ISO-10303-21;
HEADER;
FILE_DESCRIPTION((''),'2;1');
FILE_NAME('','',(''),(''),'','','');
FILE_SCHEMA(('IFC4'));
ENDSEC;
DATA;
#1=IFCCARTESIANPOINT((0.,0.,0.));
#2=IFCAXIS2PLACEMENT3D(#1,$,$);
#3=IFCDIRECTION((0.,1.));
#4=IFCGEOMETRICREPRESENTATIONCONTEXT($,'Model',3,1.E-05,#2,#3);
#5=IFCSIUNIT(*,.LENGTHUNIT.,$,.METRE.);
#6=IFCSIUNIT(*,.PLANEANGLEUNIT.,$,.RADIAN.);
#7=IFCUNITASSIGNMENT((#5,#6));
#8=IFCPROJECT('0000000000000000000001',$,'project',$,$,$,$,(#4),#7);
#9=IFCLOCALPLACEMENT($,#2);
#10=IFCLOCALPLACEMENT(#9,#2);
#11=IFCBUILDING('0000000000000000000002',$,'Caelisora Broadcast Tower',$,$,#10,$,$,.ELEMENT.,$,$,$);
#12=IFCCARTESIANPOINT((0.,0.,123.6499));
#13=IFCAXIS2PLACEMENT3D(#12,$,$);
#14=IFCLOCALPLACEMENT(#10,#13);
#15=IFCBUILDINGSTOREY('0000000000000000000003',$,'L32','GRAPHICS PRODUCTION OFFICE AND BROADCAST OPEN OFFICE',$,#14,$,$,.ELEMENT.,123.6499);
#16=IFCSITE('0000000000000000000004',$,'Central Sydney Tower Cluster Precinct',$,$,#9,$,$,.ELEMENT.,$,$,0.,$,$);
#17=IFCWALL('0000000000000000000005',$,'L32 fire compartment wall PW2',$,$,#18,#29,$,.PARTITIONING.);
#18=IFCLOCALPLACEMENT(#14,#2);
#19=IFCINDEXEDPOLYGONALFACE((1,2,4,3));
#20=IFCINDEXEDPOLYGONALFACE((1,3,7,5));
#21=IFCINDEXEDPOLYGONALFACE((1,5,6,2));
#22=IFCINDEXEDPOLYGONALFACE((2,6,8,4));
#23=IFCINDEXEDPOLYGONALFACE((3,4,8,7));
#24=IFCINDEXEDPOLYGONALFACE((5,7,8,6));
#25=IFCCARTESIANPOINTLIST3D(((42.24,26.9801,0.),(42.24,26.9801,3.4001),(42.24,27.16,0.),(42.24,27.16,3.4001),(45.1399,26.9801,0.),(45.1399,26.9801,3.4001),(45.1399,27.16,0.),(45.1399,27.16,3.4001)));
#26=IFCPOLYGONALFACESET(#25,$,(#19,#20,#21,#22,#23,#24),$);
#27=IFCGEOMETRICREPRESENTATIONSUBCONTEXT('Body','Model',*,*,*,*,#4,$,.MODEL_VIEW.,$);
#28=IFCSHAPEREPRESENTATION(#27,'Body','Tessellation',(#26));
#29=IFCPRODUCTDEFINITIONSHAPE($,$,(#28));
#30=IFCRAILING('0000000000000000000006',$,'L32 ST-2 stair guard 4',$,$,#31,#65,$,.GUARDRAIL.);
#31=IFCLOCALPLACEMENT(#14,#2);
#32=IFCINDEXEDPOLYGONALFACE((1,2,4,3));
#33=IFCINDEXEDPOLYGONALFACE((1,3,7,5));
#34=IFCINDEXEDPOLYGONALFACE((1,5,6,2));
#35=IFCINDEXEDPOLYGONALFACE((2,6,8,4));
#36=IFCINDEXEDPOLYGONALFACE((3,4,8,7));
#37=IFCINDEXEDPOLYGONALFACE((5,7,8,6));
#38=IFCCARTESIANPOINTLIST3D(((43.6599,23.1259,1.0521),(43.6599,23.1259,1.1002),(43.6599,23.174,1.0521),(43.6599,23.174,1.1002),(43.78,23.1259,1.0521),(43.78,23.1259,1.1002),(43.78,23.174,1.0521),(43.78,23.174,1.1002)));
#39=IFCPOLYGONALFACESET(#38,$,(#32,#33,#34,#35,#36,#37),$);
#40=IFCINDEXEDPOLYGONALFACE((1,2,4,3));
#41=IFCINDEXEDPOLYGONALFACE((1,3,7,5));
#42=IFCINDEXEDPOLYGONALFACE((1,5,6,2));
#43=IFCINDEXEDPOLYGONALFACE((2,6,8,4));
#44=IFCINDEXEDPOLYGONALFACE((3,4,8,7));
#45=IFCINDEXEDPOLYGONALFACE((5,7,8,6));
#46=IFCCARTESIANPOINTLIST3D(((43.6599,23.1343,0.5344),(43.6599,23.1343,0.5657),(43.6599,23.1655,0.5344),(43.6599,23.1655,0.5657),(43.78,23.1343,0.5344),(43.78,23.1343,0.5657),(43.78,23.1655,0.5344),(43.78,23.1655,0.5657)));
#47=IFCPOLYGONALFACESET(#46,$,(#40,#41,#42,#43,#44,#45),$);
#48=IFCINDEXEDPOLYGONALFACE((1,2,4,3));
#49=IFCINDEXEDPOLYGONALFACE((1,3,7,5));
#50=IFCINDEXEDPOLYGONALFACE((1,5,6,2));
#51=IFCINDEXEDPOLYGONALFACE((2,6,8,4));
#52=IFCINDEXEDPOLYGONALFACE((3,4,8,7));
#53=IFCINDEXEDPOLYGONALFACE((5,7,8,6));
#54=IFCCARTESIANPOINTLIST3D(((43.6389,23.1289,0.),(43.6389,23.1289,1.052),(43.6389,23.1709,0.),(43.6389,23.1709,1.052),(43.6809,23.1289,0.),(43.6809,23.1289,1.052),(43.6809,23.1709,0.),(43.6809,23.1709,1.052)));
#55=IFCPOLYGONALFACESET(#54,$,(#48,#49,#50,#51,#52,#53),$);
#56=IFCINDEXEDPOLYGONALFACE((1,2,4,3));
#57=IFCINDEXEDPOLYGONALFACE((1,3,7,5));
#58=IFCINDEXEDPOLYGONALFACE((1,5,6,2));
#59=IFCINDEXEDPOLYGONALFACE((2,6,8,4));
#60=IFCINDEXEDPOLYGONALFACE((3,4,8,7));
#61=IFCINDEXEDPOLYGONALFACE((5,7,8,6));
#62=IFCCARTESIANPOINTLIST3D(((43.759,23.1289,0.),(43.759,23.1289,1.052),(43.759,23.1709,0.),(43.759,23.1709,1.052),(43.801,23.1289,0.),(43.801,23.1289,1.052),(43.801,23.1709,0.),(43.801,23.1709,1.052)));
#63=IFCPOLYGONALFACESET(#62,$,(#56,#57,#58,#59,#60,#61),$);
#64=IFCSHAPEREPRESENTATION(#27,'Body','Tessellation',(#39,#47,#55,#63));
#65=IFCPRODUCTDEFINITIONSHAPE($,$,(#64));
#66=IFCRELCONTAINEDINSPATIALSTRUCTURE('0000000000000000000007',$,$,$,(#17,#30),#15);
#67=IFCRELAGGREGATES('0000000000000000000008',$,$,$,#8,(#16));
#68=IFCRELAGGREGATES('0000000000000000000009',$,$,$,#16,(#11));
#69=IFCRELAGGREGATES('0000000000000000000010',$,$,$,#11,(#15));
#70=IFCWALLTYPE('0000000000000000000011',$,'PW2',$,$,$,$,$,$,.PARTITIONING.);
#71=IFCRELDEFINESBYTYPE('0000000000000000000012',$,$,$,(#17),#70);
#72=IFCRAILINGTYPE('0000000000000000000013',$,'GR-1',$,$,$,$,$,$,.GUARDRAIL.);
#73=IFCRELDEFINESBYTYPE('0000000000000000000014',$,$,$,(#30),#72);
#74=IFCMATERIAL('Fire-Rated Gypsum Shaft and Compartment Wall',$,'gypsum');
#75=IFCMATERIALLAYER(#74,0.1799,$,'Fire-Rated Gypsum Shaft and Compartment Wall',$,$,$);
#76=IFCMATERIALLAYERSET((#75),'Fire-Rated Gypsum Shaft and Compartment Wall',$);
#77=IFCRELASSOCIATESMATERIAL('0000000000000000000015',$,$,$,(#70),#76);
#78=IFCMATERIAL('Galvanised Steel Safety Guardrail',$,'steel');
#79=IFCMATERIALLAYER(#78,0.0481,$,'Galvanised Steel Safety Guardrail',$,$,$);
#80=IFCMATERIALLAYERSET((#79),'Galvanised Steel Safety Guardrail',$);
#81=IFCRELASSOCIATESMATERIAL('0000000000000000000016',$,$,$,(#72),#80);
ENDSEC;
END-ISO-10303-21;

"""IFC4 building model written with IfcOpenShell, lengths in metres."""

from ifc_helpers import new_model, si_unit, direction, frame, frame_2d, origin, origin_2d, place, context, subcontext, project, spatial, rectangle, extrude, material, layer, layer_set, type_object, element, save


model = new_model("IFC4")

# Units and contexts
model_context = context("Model", 3, precision=1e-05, world=origin(), true_north=direction((0.0, 1.0)))
body_context = subcontext(model_context, "Body", "Model", "MODEL_VIEW")
ifc_project = project(units=[si_unit("LENGTHUNIT", "METRE"), si_unit("PLANEANGLEUNIT", "RADIAN")], contexts=[model_context])

# Site, building, storey
site_placement = place(None, origin())
site = spatial("IfcSite", under=ifc_project, at=site_placement, Name="Central Sydney Tower Cluster Precinct", CompositionType="ELEMENT", RefElevation=0.0)
building_placement = place(site_placement, origin())
building = spatial("IfcBuilding", under=site, at=building_placement, Name="Caelisora Broadcast Tower", CompositionType="ELEMENT")
storey_placement = place(building_placement, frame((0.0, 0.0, 123.6499)))
storey = spatial("IfcBuildingStorey", under=building, at=storey_placement, Name="L32", Description="GRAPHICS PRODUCTION OFFICE AND BROADCAST OPEN OFFICE", CompositionType="ELEMENT", Elevation=123.6499)

# Shared definitions
ifc_material_1 = material(Name="Fire-Rated Gypsum Shaft and Compartment Wall", Category="gypsum")
ifc_layer_1 = layer(ifc_material_1, 0.1799, Name="Fire-Rated Gypsum Shaft and Compartment Wall")
ifc_layer_set_1 = layer_set([ifc_layer_1], Name="Fire-Rated Gypsum Shaft and Compartment Wall")
wall_type_1 = type_object("IfcWallType", Name="PW2", PredefinedType="PARTITIONING", material=ifc_layer_set_1)

# Wall
wall_1_placement = place(storey_placement, frame((42.24, 27.0701, 0.0), z_axis=(0.0, 0.0, 1.0), x_axis=(1.0, 0.0, 0.0)))
element("IfcWall", 1, at=wall_1_placement, inside=storey, type_object=wall_type_1, Name="L32 fire compartment wall PW2", PredefinedType="PARTITIONING", context=body_context, shape_type="SweptSolid", body=[
    extrude(rectangle(XDim=2.8999, YDim=0.1799, at=frame_2d((1.45, 0.0))), origin(), (0.0, 0.0, 1.0), 3.4001),
])

# Railing
ifc_material_2 = material(Name="Galvanised Steel Safety Guardrail", Category="steel")
ifc_layer_2 = layer(ifc_material_2, 0.0481, Name="Galvanised Steel Safety Guardrail")
ifc_layer_set_2 = layer_set([ifc_layer_2], Name="Galvanised Steel Safety Guardrail")
railing_type = type_object("IfcRailingType", Name="GR-1", PredefinedType="GUARDRAIL", material=ifc_layer_set_2)
railing_placement = place(storey_placement, frame((43.6599, 23.1499, 0.0)))
element("IfcRailing", 2, at=railing_placement, inside=storey, type_object=railing_type, Name="L32 ST-2 stair guard 4", PredefinedType="GUARDRAIL", context=body_context, shape_type="SweptSolid", body=[
    extrude(rectangle(XDim=0.0481, YDim=0.0481, at=origin_2d()), frame((0.0, 0.0, 1.0762), z_axis=(1.0, 0.0, 0.0), x_axis=(0.0, 1.0, 0.0)), (0.0, 0.0, 1.0), 0.1201),
    extrude(rectangle(XDim=0.0312, YDim=0.0312, at=origin_2d()), frame((0.0, 0.0, 0.55), z_axis=(1.0, 0.0, 0.0), x_axis=(0.0, 1.0, 0.0)), (0.0, 0.0, 1.0), 0.1201),
    extrude(rectangle(XDim=0.042, YDim=0.042, at=origin_2d()), origin(), (0.0, 0.0, 1.0), 1.052),
    extrude(rectangle(XDim=0.042, YDim=0.042, at=origin_2d()), frame((0.1201, 0.0, 0.0)), (0.0, 0.0, 1.0), 1.052),
])

save(model, "model.ifc")
